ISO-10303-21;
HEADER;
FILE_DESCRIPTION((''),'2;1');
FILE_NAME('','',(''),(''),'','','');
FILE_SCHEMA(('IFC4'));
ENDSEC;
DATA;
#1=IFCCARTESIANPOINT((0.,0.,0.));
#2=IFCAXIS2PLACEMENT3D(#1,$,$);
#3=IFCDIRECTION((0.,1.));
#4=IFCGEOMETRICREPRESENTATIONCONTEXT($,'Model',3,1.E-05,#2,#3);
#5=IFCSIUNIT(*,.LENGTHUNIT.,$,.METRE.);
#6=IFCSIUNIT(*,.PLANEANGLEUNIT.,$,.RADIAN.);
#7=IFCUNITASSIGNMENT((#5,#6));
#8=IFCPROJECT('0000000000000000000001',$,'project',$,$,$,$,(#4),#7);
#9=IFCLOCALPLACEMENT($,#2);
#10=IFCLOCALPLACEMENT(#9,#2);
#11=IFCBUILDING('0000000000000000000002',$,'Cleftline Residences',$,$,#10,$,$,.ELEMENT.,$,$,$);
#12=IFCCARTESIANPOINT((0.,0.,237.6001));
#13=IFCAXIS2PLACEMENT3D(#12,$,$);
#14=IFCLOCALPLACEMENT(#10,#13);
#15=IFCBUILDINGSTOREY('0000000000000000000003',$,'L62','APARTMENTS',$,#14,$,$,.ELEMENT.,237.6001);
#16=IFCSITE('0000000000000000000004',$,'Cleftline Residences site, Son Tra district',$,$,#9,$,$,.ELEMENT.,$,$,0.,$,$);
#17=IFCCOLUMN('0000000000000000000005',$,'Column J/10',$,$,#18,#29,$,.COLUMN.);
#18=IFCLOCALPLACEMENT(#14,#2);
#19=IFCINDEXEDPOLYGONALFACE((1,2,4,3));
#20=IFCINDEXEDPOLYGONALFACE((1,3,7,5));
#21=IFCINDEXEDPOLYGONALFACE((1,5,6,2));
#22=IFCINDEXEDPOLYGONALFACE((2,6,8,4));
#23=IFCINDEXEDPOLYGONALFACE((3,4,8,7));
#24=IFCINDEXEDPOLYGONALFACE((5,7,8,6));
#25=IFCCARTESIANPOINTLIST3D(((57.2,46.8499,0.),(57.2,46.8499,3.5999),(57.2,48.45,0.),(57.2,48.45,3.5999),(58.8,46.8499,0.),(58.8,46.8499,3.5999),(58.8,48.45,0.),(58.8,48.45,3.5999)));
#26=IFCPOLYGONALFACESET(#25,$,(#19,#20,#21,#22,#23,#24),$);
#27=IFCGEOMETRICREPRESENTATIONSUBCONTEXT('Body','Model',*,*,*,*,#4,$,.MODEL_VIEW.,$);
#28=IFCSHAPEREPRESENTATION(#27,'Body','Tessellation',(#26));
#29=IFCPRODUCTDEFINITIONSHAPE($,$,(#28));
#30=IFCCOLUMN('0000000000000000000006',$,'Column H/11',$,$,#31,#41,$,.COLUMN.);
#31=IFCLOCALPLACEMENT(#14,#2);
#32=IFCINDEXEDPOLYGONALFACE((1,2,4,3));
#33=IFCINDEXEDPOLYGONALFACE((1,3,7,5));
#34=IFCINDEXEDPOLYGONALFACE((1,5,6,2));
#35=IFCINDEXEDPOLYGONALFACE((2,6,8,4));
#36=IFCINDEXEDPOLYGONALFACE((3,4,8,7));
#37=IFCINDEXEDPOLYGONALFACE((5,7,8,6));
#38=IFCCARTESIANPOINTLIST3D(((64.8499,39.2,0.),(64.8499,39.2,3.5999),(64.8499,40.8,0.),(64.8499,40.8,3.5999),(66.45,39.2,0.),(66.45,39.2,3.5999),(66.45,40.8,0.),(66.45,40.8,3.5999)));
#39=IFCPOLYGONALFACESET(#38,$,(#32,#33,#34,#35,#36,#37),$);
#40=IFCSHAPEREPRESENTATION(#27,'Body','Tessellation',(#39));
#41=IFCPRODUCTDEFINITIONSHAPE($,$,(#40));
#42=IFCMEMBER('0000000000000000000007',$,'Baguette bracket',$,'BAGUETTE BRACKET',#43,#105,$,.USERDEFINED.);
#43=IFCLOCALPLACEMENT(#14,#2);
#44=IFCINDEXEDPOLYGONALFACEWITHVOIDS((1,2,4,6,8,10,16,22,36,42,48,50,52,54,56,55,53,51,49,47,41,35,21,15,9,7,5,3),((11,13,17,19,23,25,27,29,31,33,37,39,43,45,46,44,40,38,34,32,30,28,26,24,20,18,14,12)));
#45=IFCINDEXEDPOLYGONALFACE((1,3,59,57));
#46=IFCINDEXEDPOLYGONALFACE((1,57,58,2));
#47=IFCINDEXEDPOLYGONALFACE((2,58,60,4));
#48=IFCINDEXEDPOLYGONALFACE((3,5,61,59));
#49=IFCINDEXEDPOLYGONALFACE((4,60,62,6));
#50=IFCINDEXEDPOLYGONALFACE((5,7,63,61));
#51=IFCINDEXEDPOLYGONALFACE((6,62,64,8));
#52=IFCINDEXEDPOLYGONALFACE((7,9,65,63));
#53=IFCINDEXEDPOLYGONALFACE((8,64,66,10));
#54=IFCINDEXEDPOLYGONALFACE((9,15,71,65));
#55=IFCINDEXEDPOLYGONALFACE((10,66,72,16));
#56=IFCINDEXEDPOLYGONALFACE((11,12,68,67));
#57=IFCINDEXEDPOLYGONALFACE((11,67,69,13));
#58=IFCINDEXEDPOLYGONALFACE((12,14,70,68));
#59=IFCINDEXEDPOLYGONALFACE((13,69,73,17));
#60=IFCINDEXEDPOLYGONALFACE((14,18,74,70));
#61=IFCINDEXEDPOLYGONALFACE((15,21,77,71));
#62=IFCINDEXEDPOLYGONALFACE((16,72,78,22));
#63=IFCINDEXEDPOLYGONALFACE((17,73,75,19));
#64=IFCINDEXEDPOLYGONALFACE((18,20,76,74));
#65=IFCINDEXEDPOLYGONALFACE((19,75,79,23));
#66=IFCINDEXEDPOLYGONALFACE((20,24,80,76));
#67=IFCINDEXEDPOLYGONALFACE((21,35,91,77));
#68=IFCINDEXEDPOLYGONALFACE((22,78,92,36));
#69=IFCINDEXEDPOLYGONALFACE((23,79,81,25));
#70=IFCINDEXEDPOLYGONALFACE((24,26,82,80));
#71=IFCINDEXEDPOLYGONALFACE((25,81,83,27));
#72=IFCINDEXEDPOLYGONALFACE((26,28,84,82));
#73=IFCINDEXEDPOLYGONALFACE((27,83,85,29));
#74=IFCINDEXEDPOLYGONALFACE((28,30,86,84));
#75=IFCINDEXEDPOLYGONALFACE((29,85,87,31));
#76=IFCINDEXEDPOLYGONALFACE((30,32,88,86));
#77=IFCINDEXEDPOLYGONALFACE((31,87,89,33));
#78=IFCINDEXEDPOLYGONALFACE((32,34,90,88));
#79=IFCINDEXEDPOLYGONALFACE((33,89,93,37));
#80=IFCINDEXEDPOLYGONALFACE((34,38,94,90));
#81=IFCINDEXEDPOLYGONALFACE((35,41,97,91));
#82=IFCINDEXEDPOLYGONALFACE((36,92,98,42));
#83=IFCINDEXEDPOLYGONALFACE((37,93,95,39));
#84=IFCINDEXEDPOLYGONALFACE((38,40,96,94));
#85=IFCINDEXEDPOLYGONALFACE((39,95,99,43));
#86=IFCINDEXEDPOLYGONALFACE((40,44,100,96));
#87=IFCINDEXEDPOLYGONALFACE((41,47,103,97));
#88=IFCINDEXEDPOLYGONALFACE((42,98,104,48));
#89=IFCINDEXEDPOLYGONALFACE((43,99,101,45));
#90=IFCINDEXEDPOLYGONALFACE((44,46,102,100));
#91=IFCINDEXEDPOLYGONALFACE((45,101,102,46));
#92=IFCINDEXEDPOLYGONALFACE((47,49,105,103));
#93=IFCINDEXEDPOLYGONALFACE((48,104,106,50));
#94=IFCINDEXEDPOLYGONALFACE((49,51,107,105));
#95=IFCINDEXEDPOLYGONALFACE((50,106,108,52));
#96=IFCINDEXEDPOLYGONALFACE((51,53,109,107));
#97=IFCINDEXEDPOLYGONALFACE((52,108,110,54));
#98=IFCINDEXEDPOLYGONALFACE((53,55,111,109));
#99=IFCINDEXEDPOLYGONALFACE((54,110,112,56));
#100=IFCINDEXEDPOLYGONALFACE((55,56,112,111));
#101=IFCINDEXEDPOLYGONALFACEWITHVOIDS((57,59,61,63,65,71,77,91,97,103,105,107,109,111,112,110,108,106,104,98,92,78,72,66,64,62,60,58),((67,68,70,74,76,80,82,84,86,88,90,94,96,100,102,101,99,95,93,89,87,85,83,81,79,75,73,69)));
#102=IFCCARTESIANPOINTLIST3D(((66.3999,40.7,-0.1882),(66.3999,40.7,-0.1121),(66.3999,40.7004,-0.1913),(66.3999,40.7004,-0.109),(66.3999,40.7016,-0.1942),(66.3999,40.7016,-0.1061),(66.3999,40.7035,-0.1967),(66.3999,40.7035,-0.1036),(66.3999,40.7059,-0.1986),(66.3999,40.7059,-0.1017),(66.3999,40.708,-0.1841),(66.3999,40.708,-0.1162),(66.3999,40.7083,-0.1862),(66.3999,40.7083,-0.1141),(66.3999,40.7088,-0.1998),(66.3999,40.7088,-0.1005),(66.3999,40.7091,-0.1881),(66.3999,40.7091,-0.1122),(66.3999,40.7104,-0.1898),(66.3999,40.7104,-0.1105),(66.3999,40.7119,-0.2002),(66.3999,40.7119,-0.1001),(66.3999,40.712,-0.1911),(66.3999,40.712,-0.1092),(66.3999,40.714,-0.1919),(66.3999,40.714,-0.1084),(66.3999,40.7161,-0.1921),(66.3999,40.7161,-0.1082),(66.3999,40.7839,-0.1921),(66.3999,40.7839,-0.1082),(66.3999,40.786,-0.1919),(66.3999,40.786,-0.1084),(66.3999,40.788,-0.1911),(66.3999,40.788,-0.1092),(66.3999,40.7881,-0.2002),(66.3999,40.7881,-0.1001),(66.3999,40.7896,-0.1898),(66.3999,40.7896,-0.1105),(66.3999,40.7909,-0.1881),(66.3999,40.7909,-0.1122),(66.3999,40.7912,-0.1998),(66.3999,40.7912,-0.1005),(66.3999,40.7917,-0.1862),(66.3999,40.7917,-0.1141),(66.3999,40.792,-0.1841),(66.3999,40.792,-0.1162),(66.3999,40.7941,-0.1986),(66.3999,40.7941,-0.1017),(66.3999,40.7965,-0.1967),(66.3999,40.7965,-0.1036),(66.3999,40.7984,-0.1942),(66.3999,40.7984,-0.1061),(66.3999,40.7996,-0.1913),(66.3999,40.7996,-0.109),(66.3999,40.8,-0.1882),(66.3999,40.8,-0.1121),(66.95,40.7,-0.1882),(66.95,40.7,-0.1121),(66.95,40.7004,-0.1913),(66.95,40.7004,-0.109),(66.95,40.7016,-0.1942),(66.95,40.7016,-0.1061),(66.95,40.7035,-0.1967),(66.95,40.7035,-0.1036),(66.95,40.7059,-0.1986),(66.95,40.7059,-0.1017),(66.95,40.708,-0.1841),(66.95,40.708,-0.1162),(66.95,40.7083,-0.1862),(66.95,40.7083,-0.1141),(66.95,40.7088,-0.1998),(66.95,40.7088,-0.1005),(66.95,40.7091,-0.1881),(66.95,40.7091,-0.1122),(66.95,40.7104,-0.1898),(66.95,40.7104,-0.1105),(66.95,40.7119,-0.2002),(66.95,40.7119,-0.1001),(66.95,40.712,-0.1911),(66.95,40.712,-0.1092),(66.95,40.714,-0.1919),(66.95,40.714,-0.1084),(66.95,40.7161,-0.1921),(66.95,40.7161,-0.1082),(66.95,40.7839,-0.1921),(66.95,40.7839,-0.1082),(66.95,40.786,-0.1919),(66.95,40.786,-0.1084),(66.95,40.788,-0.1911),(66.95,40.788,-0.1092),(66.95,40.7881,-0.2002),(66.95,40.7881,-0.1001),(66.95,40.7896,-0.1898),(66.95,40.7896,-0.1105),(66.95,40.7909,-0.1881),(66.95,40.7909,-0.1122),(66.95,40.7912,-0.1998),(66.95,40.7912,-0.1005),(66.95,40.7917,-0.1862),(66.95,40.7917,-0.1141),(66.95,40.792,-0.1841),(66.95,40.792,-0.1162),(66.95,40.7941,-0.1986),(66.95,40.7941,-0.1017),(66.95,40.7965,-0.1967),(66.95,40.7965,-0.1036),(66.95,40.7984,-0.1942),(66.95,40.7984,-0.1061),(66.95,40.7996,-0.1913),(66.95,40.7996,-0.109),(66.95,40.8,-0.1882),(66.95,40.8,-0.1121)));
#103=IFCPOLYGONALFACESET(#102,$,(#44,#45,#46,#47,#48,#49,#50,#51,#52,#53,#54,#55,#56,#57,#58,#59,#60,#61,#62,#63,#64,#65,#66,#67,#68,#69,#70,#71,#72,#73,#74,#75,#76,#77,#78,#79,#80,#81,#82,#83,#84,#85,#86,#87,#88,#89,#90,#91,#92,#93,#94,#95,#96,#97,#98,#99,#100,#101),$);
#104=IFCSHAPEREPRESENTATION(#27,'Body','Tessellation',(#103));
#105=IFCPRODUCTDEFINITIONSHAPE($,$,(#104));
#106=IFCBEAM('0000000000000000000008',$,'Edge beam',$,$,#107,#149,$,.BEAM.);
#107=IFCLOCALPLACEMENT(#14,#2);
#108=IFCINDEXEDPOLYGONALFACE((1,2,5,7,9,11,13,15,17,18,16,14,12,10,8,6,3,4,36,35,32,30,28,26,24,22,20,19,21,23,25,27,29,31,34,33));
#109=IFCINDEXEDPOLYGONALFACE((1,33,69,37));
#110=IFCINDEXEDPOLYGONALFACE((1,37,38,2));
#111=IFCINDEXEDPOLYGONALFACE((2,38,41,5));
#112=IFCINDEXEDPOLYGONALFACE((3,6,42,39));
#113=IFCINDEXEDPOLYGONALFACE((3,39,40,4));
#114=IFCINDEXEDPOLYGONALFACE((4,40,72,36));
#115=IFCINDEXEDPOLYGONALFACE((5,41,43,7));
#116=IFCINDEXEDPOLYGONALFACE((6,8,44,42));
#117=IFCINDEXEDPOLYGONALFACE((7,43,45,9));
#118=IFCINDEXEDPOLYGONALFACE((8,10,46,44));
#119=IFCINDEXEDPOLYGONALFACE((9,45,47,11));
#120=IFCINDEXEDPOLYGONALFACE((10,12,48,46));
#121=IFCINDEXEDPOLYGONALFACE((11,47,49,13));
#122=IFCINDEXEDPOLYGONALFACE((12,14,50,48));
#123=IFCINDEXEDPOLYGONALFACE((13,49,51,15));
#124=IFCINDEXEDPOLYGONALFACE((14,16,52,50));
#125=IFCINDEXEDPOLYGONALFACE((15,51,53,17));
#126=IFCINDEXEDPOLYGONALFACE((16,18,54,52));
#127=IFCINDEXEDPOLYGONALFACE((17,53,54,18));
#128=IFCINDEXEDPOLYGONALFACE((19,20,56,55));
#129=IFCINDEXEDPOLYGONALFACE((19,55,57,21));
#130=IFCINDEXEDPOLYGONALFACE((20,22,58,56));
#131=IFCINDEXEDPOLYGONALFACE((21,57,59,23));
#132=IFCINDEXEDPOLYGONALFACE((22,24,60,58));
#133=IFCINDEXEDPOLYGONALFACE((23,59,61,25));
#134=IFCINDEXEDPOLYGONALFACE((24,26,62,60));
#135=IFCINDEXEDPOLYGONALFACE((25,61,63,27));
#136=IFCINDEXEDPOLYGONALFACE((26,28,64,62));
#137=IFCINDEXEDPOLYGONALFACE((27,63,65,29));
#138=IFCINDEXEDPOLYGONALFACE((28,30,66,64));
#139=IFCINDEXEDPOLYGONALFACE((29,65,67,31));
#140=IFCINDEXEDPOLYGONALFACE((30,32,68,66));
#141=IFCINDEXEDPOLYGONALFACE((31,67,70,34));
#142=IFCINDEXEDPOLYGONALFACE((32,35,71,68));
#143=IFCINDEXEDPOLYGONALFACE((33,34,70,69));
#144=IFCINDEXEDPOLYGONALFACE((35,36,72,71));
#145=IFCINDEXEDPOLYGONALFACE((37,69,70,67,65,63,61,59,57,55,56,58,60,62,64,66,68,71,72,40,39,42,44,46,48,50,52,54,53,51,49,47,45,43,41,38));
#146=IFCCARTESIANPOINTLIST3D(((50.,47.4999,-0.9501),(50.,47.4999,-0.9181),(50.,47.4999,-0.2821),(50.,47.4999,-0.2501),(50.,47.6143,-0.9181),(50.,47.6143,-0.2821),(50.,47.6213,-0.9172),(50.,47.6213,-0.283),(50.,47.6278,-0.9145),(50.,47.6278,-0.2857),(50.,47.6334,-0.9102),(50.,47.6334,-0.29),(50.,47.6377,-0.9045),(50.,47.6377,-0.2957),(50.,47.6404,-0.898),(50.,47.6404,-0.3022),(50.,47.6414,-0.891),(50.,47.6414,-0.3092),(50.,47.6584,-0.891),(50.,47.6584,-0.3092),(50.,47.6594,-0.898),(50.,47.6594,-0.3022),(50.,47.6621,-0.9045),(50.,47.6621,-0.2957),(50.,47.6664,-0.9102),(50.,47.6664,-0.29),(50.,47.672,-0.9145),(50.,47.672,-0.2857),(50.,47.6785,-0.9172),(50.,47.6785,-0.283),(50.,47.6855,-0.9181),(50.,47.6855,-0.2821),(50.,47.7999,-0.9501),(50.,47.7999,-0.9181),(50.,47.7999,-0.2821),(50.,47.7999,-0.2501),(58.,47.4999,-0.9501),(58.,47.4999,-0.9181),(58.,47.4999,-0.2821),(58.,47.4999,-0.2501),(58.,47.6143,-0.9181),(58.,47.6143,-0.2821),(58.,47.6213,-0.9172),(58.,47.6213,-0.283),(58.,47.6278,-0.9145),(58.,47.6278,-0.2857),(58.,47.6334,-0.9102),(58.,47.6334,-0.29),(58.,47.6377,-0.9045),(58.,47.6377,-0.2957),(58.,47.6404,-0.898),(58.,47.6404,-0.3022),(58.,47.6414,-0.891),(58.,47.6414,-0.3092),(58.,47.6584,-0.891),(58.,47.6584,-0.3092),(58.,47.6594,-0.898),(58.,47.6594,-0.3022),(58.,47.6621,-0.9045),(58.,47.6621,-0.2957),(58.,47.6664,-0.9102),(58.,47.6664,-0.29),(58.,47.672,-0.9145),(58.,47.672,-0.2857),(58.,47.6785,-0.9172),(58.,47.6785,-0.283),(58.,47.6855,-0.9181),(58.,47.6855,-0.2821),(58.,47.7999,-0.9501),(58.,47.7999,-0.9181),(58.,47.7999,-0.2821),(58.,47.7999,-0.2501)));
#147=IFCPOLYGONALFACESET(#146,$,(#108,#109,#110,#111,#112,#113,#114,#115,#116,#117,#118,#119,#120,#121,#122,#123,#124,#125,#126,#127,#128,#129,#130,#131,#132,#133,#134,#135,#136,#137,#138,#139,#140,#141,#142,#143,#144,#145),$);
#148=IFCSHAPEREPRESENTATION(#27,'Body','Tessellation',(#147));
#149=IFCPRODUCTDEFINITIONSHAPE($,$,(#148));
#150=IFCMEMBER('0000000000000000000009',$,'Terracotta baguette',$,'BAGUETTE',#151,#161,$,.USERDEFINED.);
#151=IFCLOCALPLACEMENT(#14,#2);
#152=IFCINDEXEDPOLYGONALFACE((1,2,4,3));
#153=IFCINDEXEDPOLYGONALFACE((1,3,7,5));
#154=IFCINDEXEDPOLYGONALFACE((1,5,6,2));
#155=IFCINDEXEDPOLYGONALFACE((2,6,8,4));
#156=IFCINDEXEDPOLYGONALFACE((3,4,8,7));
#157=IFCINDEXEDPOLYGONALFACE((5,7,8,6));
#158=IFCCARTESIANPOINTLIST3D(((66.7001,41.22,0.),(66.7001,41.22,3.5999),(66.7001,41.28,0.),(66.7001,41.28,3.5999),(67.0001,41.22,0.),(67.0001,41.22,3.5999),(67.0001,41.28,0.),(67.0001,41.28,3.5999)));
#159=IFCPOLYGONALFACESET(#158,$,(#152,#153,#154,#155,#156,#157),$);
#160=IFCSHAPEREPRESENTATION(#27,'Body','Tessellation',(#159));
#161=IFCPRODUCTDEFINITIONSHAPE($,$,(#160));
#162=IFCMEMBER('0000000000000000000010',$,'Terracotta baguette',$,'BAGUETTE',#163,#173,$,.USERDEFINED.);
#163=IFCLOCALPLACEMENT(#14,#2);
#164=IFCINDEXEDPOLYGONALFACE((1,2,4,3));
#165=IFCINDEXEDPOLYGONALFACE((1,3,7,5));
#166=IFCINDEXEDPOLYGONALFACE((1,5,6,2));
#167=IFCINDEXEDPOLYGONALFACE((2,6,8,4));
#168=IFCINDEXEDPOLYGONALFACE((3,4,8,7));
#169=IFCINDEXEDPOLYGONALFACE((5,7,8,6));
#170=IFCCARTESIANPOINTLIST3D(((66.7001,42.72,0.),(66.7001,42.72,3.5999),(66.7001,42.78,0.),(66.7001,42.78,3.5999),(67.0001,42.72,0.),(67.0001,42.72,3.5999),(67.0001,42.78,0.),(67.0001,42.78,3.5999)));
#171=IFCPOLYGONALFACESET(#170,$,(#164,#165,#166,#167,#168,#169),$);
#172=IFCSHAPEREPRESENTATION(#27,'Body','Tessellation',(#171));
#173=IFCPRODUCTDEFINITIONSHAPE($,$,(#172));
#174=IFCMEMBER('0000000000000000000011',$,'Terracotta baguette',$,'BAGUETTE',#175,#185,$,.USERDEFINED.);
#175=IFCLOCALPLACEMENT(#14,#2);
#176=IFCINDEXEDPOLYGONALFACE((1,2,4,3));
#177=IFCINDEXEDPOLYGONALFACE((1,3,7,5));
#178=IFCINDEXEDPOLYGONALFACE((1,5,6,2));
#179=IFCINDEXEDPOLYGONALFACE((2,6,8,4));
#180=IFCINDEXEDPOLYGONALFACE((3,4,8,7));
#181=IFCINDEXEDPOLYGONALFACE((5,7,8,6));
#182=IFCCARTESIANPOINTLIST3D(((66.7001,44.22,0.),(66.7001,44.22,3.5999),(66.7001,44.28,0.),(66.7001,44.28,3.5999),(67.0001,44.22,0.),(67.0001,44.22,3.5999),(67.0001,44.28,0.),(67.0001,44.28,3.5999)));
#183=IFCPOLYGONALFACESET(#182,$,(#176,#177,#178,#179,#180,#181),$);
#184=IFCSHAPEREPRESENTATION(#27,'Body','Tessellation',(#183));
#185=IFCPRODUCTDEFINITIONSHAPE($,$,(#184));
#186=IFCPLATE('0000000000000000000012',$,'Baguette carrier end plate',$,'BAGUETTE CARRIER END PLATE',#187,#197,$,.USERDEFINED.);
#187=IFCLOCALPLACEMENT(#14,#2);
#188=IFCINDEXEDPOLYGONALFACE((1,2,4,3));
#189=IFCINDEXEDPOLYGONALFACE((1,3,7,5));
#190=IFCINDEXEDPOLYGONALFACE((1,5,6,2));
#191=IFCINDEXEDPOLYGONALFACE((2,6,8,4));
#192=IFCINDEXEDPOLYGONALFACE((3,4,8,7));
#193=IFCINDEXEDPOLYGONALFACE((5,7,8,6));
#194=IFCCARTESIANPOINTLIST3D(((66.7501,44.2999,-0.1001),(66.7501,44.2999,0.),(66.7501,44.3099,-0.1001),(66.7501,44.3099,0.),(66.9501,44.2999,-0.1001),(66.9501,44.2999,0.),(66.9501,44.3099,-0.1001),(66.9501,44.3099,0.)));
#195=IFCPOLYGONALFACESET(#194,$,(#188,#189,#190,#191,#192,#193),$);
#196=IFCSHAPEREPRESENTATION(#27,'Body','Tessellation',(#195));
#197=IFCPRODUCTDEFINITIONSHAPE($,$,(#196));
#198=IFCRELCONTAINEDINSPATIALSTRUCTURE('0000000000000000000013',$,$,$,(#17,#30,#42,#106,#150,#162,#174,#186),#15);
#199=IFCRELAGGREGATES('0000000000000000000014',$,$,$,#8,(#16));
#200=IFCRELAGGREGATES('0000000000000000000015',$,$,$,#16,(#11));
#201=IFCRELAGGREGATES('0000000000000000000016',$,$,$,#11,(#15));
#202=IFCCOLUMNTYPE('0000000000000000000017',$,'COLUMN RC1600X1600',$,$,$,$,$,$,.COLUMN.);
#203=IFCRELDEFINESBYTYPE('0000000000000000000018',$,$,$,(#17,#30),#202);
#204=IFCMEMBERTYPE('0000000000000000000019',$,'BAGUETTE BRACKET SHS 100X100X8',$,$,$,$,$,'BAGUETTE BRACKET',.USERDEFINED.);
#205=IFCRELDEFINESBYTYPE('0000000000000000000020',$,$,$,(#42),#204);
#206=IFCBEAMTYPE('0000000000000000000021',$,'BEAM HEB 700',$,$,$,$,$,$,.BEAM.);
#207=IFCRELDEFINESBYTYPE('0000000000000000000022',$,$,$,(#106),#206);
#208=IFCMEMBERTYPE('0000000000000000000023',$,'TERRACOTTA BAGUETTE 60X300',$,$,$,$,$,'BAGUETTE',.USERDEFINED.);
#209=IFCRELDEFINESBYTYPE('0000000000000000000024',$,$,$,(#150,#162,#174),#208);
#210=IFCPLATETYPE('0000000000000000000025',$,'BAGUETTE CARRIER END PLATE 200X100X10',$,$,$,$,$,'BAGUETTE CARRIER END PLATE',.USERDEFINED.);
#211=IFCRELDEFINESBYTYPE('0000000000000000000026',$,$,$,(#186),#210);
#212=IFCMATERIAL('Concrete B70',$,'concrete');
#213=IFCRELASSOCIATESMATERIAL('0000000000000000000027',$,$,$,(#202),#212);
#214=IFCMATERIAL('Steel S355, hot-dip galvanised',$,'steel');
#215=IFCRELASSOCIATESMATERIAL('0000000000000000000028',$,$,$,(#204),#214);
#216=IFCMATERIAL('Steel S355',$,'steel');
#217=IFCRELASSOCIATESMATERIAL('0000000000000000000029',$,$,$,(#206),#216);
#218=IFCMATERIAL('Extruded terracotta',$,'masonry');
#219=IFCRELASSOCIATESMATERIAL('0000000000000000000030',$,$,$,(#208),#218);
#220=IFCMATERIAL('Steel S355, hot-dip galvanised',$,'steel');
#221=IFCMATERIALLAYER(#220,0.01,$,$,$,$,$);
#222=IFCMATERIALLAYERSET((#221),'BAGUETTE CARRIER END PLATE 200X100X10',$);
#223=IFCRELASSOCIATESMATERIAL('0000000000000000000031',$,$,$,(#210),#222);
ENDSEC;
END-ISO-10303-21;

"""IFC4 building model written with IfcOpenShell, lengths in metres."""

from ifc_helpers import new_model, si_unit, direction, frame, origin, origin_2d, place, context, subcontext, project, spatial, rectangle, hollow_rectangle, i_section, extrude, material, layer, layer_set, material_profile, profile_set, type_object, element, save


model = new_model("IFC4")

# Units and contexts
model_context = context("Model", 3, precision=1e-05, world=origin(), true_north=direction((0.0, 1.0)))
body_context = subcontext(model_context, "Body", "Model", "MODEL_VIEW")
ifc_project = project(units=[si_unit("LENGTHUNIT", "METRE"), si_unit("PLANEANGLEUNIT", "RADIAN")], contexts=[model_context])

# Site, building, storey
site_placement = place(None, origin())
site = spatial("IfcSite", under=ifc_project, at=site_placement, Name="Cleftline Residences site, Son Tra district", CompositionType="ELEMENT", RefElevation=0.0)
building_placement = place(site_placement, origin())
building = spatial("IfcBuilding", under=site, at=building_placement, Name="Cleftline Residences", CompositionType="ELEMENT")
storey_placement = place(building_placement, frame((0.0, 0.0, 237.6001)))
storey = spatial("IfcBuildingStorey", under=building, at=storey_placement, Name="L62", Description="APARTMENTS", CompositionType="ELEMENT", Elevation=237.6001)

# Columns
ifc_material_1 = material(Name="Concrete B70", Category="concrete")
ifc_material_profile_1 = material_profile(ifc_material_1, rectangle(XDim=1.6001, YDim=1.6001, at=origin_2d()))
ifc_profile_set_1 = profile_set([ifc_material_profile_1], Name="Concrete B70")
column_type = type_object("IfcColumnType", Name="COLUMN RC1600X1600", PredefinedType="COLUMN", material=ifc_profile_set_1)
for number, where, z_axis, x_axis, name in (
    (1, (58.0, 47.6499, 0.0), (0.0, 0.0, 1.0), (1.0, 0.0, 0.0), "Column J/10"),
    (2, (65.6499, 40.0, 0.0), (0.0, 0.0, 1.0), (1.0, 0.0, 0.0), "Column H/11"),
):
    element("IfcColumn", number, at=place(storey_placement, frame(where, z_axis=z_axis, x_axis=x_axis)), inside=storey, type_object=column_type, Name=name, PredefinedType="COLUMN", context=body_context, shape_type="SweptSolid", body=[
        extrude(rectangle(XDim=1.6001, YDim=1.6001, at=origin_2d()), origin(), (0.0, 0.0, 1.0), 3.5999),
    ])

# Member
ifc_material_2 = material(Name="Steel S355, hot-dip galvanised", Category="steel")
ifc_material_profile_2 = material_profile(ifc_material_2, hollow_rectangle(XDim=0.1001, YDim=0.1001, WallThickness=0.0081, InnerFilletRadius=0.0081, OuterFilletRadius=0.012, at=origin_2d()))
ifc_profile_set_2 = profile_set([ifc_material_profile_2], Name="Steel S355, hot-dip galvanised")
member_type_1 = type_object("IfcMemberType", Name="BAGUETTE BRACKET SHS 100X100X8", ElementType="BAGUETTE BRACKET", PredefinedType="USERDEFINED", material=ifc_profile_set_2)
member_placement = place(storey_placement, frame((66.3999, 40.75, -0.1501), z_axis=(1.0, 0.0, 0.0), x_axis=(0.0, 1.0, 0.0)))
element("IfcMember", 3, at=member_placement, inside=storey, type_object=member_type_1, Name="Baguette bracket", ObjectType="BAGUETTE BRACKET", PredefinedType="USERDEFINED", context=body_context, shape_type="SweptSolid", body=[
    extrude(hollow_rectangle(XDim=0.1001, YDim=0.1001, WallThickness=0.0081, InnerFilletRadius=0.0081, OuterFilletRadius=0.012, at=origin_2d()), origin(), (0.0, 0.0, 1.0), 0.55),
])

# Beam
ifc_material_3 = material(Name="Steel S355", Category="steel")
ifc_material_profile_3 = material_profile(ifc_material_3, i_section(OverallWidth=0.3, OverallDepth=0.7, WebThickness=0.0171, FlangeThickness=0.032, FilletRadius=0.0271, at=origin_2d()))
ifc_profile_set_3 = profile_set([ifc_material_profile_3], Name="Steel S355")
beam_type = type_object("IfcBeamType", Name="BEAM HEB 700", PredefinedType="BEAM", material=ifc_profile_set_3)
beam_placement = place(storey_placement, frame((58.0, 47.6499, -0.6001), z_axis=(-1.0, 0.0, 0.0), x_axis=(0.0, -1.0, 0.0)))
element("IfcBeam", 4, at=beam_placement, inside=storey, type_object=beam_type, Name="Edge beam", PredefinedType="BEAM", context=body_context, shape_type="SweptSolid", body=[
    extrude(i_section(OverallWidth=0.3, OverallDepth=0.7, WebThickness=0.0171, FlangeThickness=0.032, FilletRadius=0.0271, at=origin_2d()), origin(), (0.0, 0.0, 1.0), 8.0),
])

# Members
ifc_material_4 = material(Name="Extruded terracotta", Category="masonry")
ifc_material_profile_4 = material_profile(ifc_material_4, rectangle(XDim=0.0601, YDim=0.3, at=origin_2d()))
ifc_profile_set_4 = profile_set([ifc_material_profile_4], Name="Extruded terracotta")
member_type_2 = type_object("IfcMemberType", Name="TERRACOTTA BAGUETTE 60X300", ElementType="BAGUETTE", PredefinedType="USERDEFINED", material=ifc_profile_set_4)
for number, where, z_axis, x_axis, name in (
    (5, (66.8501, 41.25, 0.0), (0.0, 0.0, 1.0), (0.0, 1.0, 0.0), "Terracotta baguette"),
    (6, (66.8501, 42.75, 0.0), (0.0, 0.0, 1.0), (0.0, 1.0, 0.0), "Terracotta baguette"),
    (7, (66.8501, 44.25, 0.0), (0.0, 0.0, 1.0), (0.0, 1.0, 0.0), "Terracotta baguette"),
):
    element("IfcMember", number, at=place(storey_placement, frame(where, z_axis=z_axis, x_axis=x_axis)), inside=storey, type_object=member_type_2, Name=name, ObjectType="BAGUETTE", PredefinedType="USERDEFINED", context=body_context, shape_type="SweptSolid", body=[
        extrude(rectangle(XDim=0.0601, YDim=0.3, at=origin_2d()), origin(), (0.0, 0.0, 1.0), 3.5999),
    ])

# Plate
ifc_material_5 = material(Name="Steel S355, hot-dip galvanised", Category="steel")
ifc_layer_1 = layer(ifc_material_5, 0.01)
ifc_layer_set_1 = layer_set([ifc_layer_1], Name="BAGUETTE CARRIER END PLATE 200X100X10")
plate_type = type_object("IfcPlateType", Name="BAGUETTE CARRIER END PLATE 200X100X10", ElementType="BAGUETTE CARRIER END PLATE", PredefinedType="USERDEFINED", material=ifc_layer_set_1)
plate_placement = place(storey_placement, frame((66.8501, 44.3049, -0.1001), z_axis=(0.0, 0.0, 1.0), x_axis=(1.0, 0.0, 0.0)))
element("IfcPlate", 8, at=plate_placement, inside=storey, type_object=plate_type, Name="Baguette carrier end plate", ObjectType="BAGUETTE CARRIER END PLATE", PredefinedType="USERDEFINED", context=body_context, shape_type="SweptSolid", body=[
    extrude(rectangle(XDim=0.2, YDim=0.01, at=origin_2d()), origin(), (0.0, 0.0, 1.0), 0.1001),
])

save(model, "model.ifc")
